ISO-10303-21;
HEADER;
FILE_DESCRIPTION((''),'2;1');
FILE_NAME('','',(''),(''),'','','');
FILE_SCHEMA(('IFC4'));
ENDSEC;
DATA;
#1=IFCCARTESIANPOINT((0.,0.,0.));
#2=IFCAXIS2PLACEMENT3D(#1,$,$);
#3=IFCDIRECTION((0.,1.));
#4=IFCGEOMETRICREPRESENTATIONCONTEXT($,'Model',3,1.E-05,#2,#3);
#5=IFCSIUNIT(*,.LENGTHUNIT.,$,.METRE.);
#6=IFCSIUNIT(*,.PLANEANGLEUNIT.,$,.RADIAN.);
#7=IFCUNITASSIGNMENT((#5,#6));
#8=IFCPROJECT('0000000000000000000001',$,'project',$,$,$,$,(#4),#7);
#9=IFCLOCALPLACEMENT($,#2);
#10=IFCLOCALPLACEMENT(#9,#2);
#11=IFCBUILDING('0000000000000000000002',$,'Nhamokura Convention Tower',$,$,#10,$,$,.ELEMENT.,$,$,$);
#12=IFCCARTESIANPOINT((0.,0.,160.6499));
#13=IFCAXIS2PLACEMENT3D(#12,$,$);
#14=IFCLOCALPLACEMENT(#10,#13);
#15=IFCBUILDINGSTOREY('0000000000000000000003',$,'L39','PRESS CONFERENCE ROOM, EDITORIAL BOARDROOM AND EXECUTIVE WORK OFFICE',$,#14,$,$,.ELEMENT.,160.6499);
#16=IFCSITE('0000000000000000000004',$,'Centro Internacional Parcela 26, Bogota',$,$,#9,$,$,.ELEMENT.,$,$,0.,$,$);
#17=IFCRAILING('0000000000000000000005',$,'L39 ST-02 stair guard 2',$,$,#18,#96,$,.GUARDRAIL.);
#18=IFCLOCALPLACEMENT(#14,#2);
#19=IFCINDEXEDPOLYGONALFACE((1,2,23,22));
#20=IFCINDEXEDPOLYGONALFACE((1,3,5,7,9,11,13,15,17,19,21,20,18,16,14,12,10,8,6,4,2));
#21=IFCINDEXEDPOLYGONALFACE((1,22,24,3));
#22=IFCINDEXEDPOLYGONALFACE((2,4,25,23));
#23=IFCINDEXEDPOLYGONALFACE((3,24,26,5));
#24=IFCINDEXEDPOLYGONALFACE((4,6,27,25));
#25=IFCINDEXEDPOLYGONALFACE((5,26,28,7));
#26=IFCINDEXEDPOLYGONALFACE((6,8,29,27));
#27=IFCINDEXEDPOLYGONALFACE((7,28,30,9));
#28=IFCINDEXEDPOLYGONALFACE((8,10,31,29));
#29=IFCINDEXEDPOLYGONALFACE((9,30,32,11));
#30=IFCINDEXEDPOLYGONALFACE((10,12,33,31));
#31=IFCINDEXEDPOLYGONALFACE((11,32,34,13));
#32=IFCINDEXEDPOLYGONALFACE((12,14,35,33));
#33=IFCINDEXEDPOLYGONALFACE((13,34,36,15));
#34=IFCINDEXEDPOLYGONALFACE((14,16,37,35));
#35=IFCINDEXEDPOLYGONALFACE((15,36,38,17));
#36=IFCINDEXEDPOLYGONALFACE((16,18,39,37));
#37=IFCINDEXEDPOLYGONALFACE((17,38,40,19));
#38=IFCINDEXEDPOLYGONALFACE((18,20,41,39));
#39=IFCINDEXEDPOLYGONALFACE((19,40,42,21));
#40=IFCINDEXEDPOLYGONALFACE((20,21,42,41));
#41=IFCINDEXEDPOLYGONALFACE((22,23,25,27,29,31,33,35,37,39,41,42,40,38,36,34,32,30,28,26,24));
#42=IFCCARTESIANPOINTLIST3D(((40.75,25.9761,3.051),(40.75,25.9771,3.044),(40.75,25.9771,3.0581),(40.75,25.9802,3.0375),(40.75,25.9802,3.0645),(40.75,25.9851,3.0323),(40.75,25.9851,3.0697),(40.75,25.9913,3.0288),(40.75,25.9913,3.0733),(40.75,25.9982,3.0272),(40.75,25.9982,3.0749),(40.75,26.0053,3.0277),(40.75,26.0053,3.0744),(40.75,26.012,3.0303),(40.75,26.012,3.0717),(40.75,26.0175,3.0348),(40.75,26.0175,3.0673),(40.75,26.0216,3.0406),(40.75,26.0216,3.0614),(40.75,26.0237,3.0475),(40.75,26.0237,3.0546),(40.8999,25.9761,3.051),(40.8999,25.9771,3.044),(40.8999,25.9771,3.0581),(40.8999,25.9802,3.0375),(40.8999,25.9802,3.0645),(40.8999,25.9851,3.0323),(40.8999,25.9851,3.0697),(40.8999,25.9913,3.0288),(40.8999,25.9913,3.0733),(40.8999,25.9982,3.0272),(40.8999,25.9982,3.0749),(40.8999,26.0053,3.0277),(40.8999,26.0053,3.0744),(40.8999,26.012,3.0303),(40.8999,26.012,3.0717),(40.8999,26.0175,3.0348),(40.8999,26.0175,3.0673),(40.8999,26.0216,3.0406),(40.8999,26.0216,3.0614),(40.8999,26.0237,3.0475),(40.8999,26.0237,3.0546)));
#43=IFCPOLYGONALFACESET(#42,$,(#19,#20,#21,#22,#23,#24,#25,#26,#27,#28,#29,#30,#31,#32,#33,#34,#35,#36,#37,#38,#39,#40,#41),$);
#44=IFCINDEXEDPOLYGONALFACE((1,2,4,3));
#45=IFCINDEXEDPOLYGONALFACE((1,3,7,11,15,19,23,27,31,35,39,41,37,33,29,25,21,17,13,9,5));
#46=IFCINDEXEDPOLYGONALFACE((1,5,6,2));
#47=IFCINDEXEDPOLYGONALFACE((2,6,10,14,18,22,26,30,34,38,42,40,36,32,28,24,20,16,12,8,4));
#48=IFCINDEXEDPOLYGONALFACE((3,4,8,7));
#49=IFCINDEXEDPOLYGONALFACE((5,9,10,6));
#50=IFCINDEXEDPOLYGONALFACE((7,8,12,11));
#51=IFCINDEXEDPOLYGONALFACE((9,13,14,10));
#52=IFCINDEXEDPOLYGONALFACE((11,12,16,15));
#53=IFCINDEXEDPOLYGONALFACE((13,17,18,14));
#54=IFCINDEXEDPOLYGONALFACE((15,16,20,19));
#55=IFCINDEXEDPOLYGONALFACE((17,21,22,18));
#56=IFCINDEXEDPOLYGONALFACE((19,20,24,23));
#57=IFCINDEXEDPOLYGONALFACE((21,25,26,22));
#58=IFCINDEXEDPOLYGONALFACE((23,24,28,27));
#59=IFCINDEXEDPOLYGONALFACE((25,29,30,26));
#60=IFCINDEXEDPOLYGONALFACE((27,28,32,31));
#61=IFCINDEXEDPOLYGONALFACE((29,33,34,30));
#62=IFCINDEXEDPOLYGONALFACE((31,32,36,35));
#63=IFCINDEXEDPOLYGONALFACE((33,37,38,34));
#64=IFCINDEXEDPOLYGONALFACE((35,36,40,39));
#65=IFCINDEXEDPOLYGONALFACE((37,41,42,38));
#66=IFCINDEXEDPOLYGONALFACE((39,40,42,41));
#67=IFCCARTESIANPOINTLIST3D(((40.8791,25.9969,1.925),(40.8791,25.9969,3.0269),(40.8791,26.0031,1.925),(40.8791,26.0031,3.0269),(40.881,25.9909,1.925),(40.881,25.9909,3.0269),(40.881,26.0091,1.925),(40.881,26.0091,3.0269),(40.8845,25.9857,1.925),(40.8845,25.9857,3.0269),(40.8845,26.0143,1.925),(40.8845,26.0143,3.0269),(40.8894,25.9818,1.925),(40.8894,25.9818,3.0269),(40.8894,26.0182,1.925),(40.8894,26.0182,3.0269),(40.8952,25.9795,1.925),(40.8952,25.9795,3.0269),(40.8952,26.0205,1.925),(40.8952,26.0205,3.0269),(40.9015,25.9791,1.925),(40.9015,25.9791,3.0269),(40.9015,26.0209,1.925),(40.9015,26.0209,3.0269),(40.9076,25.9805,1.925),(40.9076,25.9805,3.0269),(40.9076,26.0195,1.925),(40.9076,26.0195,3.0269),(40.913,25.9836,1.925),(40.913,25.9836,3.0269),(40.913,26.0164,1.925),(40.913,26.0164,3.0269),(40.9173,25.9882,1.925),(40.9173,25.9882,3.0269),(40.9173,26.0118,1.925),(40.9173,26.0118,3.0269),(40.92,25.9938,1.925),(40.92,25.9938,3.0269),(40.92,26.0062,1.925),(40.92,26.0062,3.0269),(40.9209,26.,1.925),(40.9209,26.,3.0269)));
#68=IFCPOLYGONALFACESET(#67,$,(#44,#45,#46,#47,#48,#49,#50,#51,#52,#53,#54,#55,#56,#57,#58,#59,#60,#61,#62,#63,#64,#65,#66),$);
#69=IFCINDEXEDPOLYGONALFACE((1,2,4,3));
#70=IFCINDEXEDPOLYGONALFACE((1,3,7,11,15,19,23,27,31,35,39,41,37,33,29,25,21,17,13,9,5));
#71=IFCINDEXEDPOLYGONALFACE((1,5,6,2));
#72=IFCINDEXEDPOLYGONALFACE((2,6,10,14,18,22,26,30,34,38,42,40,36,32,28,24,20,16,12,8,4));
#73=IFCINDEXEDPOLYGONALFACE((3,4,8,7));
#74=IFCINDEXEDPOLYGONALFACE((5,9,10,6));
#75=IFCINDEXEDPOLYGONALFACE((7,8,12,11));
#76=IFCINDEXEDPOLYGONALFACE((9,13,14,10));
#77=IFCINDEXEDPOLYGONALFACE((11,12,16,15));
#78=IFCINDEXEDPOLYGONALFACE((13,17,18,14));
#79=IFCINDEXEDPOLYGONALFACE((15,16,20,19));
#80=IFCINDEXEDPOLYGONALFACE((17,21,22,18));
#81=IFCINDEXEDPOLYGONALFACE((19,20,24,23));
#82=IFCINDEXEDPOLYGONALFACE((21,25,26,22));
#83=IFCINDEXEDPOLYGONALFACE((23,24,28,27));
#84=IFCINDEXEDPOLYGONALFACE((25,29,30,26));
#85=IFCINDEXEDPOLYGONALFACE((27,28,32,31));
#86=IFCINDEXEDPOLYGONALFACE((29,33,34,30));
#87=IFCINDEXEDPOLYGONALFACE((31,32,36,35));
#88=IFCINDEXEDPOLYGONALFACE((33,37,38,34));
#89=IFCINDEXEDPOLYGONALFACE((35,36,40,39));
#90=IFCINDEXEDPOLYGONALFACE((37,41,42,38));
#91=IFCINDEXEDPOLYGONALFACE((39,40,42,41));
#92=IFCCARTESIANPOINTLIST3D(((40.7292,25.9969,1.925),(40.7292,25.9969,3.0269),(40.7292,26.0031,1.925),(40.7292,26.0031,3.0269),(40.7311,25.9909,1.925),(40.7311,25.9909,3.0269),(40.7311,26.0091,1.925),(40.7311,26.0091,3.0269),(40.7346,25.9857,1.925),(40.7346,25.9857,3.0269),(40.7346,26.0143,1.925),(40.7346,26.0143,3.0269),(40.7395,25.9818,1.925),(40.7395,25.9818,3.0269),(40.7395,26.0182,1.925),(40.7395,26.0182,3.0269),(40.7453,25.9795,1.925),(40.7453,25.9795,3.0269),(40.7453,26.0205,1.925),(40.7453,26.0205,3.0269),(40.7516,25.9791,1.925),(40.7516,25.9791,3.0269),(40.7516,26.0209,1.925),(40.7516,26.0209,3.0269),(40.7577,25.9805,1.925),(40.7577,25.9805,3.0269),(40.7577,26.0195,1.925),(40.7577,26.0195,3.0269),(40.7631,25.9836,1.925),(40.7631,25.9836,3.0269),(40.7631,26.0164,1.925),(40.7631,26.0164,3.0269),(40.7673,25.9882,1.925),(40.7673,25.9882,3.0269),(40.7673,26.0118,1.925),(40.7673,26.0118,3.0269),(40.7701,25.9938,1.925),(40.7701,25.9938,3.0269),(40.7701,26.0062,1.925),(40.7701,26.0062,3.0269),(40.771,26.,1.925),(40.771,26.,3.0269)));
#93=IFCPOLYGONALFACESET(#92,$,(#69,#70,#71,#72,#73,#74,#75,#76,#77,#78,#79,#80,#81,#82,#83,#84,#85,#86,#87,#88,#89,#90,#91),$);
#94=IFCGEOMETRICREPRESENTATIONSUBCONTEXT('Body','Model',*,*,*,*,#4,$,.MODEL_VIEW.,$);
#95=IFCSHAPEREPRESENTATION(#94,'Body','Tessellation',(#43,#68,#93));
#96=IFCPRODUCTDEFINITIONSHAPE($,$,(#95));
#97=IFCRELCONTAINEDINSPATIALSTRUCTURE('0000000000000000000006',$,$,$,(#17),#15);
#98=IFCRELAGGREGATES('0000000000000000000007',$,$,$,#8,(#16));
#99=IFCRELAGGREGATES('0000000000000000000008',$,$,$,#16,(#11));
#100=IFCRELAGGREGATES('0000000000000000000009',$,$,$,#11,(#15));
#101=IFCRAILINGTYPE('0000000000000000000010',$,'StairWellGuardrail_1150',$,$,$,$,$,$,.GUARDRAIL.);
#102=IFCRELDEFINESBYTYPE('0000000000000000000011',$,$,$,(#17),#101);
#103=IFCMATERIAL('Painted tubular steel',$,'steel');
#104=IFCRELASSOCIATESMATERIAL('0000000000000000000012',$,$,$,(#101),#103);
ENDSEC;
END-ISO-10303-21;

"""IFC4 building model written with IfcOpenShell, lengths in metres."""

from ifc_helpers import new_model, si_unit, direction, frame, origin, origin_2d, place, context, subcontext, project, spatial, circle, extrude, material, type_object, element, save


model = new_model("IFC4")

# Units and contexts
model_context = context("Model", 3, precision=1e-05, world=origin(), true_north=direction((0.0, 1.0)))
body_context = subcontext(model_context, "Body", "Model", "MODEL_VIEW")
ifc_project = project(units=[si_unit("LENGTHUNIT", "METRE"), si_unit("PLANEANGLEUNIT", "RADIAN")], contexts=[model_context])

# Site, building, storey
site_placement = place(None, origin())
site = spatial("IfcSite", under=ifc_project, at=site_placement, Name="Centro Internacional Parcela 26, Bogota", CompositionType="ELEMENT", RefElevation=0.0)
building_placement = place(site_placement, origin())
building = spatial("IfcBuilding", under=site, at=building_placement, Name="Nhamokura Convention Tower", CompositionType="ELEMENT")
storey_placement = place(building_placement, frame((0.0, 0.0, 160.6499)))
storey = spatial("IfcBuildingStorey", under=building, at=storey_placement, Name="L39", Description="PRESS CONFERENCE ROOM, EDITORIAL BOARDROOM AND EXECUTIVE WORK OFFICE", CompositionType="ELEMENT", Elevation=160.6499)

# Railing
ifc_material_1 = material(Name="Painted tubular steel", Category="steel")
railing_type_1 = type_object("IfcRailingType", Name="StairWellGuardrail_1150", PredefinedType="GUARDRAIL", material=ifc_material_1)
railing_1_placement = place(storey_placement, frame((40.8999, 26.0, 1.925)))
element("IfcRailing", 1, at=railing_1_placement, inside=storey, type_object=railing_type_1, Name="L39 ST-02 stair guard 2", PredefinedType="GUARDRAIL", context=body_context, shape_type="SweptSolid", body=[
    extrude(circle(Radius=0.0239, at=origin_2d()), frame((0.0, 0.0, 1.126), z_axis=(-1.0, 0.0, 0.0), x_axis=(0.0, -1.0, 0.0)), (0.0, 0.0, 1.0), 0.1499),
    extrude(circle(Radius=0.021, at=origin_2d()), origin(), (0.0, 0.0, 1.0), 1.1018),
    extrude(circle(Radius=0.021, at=origin_2d()), frame((-0.1499, 0.0, 0.0)), (0.0, 0.0, 1.0), 1.1018),
])

save(model, "model.ifc")
